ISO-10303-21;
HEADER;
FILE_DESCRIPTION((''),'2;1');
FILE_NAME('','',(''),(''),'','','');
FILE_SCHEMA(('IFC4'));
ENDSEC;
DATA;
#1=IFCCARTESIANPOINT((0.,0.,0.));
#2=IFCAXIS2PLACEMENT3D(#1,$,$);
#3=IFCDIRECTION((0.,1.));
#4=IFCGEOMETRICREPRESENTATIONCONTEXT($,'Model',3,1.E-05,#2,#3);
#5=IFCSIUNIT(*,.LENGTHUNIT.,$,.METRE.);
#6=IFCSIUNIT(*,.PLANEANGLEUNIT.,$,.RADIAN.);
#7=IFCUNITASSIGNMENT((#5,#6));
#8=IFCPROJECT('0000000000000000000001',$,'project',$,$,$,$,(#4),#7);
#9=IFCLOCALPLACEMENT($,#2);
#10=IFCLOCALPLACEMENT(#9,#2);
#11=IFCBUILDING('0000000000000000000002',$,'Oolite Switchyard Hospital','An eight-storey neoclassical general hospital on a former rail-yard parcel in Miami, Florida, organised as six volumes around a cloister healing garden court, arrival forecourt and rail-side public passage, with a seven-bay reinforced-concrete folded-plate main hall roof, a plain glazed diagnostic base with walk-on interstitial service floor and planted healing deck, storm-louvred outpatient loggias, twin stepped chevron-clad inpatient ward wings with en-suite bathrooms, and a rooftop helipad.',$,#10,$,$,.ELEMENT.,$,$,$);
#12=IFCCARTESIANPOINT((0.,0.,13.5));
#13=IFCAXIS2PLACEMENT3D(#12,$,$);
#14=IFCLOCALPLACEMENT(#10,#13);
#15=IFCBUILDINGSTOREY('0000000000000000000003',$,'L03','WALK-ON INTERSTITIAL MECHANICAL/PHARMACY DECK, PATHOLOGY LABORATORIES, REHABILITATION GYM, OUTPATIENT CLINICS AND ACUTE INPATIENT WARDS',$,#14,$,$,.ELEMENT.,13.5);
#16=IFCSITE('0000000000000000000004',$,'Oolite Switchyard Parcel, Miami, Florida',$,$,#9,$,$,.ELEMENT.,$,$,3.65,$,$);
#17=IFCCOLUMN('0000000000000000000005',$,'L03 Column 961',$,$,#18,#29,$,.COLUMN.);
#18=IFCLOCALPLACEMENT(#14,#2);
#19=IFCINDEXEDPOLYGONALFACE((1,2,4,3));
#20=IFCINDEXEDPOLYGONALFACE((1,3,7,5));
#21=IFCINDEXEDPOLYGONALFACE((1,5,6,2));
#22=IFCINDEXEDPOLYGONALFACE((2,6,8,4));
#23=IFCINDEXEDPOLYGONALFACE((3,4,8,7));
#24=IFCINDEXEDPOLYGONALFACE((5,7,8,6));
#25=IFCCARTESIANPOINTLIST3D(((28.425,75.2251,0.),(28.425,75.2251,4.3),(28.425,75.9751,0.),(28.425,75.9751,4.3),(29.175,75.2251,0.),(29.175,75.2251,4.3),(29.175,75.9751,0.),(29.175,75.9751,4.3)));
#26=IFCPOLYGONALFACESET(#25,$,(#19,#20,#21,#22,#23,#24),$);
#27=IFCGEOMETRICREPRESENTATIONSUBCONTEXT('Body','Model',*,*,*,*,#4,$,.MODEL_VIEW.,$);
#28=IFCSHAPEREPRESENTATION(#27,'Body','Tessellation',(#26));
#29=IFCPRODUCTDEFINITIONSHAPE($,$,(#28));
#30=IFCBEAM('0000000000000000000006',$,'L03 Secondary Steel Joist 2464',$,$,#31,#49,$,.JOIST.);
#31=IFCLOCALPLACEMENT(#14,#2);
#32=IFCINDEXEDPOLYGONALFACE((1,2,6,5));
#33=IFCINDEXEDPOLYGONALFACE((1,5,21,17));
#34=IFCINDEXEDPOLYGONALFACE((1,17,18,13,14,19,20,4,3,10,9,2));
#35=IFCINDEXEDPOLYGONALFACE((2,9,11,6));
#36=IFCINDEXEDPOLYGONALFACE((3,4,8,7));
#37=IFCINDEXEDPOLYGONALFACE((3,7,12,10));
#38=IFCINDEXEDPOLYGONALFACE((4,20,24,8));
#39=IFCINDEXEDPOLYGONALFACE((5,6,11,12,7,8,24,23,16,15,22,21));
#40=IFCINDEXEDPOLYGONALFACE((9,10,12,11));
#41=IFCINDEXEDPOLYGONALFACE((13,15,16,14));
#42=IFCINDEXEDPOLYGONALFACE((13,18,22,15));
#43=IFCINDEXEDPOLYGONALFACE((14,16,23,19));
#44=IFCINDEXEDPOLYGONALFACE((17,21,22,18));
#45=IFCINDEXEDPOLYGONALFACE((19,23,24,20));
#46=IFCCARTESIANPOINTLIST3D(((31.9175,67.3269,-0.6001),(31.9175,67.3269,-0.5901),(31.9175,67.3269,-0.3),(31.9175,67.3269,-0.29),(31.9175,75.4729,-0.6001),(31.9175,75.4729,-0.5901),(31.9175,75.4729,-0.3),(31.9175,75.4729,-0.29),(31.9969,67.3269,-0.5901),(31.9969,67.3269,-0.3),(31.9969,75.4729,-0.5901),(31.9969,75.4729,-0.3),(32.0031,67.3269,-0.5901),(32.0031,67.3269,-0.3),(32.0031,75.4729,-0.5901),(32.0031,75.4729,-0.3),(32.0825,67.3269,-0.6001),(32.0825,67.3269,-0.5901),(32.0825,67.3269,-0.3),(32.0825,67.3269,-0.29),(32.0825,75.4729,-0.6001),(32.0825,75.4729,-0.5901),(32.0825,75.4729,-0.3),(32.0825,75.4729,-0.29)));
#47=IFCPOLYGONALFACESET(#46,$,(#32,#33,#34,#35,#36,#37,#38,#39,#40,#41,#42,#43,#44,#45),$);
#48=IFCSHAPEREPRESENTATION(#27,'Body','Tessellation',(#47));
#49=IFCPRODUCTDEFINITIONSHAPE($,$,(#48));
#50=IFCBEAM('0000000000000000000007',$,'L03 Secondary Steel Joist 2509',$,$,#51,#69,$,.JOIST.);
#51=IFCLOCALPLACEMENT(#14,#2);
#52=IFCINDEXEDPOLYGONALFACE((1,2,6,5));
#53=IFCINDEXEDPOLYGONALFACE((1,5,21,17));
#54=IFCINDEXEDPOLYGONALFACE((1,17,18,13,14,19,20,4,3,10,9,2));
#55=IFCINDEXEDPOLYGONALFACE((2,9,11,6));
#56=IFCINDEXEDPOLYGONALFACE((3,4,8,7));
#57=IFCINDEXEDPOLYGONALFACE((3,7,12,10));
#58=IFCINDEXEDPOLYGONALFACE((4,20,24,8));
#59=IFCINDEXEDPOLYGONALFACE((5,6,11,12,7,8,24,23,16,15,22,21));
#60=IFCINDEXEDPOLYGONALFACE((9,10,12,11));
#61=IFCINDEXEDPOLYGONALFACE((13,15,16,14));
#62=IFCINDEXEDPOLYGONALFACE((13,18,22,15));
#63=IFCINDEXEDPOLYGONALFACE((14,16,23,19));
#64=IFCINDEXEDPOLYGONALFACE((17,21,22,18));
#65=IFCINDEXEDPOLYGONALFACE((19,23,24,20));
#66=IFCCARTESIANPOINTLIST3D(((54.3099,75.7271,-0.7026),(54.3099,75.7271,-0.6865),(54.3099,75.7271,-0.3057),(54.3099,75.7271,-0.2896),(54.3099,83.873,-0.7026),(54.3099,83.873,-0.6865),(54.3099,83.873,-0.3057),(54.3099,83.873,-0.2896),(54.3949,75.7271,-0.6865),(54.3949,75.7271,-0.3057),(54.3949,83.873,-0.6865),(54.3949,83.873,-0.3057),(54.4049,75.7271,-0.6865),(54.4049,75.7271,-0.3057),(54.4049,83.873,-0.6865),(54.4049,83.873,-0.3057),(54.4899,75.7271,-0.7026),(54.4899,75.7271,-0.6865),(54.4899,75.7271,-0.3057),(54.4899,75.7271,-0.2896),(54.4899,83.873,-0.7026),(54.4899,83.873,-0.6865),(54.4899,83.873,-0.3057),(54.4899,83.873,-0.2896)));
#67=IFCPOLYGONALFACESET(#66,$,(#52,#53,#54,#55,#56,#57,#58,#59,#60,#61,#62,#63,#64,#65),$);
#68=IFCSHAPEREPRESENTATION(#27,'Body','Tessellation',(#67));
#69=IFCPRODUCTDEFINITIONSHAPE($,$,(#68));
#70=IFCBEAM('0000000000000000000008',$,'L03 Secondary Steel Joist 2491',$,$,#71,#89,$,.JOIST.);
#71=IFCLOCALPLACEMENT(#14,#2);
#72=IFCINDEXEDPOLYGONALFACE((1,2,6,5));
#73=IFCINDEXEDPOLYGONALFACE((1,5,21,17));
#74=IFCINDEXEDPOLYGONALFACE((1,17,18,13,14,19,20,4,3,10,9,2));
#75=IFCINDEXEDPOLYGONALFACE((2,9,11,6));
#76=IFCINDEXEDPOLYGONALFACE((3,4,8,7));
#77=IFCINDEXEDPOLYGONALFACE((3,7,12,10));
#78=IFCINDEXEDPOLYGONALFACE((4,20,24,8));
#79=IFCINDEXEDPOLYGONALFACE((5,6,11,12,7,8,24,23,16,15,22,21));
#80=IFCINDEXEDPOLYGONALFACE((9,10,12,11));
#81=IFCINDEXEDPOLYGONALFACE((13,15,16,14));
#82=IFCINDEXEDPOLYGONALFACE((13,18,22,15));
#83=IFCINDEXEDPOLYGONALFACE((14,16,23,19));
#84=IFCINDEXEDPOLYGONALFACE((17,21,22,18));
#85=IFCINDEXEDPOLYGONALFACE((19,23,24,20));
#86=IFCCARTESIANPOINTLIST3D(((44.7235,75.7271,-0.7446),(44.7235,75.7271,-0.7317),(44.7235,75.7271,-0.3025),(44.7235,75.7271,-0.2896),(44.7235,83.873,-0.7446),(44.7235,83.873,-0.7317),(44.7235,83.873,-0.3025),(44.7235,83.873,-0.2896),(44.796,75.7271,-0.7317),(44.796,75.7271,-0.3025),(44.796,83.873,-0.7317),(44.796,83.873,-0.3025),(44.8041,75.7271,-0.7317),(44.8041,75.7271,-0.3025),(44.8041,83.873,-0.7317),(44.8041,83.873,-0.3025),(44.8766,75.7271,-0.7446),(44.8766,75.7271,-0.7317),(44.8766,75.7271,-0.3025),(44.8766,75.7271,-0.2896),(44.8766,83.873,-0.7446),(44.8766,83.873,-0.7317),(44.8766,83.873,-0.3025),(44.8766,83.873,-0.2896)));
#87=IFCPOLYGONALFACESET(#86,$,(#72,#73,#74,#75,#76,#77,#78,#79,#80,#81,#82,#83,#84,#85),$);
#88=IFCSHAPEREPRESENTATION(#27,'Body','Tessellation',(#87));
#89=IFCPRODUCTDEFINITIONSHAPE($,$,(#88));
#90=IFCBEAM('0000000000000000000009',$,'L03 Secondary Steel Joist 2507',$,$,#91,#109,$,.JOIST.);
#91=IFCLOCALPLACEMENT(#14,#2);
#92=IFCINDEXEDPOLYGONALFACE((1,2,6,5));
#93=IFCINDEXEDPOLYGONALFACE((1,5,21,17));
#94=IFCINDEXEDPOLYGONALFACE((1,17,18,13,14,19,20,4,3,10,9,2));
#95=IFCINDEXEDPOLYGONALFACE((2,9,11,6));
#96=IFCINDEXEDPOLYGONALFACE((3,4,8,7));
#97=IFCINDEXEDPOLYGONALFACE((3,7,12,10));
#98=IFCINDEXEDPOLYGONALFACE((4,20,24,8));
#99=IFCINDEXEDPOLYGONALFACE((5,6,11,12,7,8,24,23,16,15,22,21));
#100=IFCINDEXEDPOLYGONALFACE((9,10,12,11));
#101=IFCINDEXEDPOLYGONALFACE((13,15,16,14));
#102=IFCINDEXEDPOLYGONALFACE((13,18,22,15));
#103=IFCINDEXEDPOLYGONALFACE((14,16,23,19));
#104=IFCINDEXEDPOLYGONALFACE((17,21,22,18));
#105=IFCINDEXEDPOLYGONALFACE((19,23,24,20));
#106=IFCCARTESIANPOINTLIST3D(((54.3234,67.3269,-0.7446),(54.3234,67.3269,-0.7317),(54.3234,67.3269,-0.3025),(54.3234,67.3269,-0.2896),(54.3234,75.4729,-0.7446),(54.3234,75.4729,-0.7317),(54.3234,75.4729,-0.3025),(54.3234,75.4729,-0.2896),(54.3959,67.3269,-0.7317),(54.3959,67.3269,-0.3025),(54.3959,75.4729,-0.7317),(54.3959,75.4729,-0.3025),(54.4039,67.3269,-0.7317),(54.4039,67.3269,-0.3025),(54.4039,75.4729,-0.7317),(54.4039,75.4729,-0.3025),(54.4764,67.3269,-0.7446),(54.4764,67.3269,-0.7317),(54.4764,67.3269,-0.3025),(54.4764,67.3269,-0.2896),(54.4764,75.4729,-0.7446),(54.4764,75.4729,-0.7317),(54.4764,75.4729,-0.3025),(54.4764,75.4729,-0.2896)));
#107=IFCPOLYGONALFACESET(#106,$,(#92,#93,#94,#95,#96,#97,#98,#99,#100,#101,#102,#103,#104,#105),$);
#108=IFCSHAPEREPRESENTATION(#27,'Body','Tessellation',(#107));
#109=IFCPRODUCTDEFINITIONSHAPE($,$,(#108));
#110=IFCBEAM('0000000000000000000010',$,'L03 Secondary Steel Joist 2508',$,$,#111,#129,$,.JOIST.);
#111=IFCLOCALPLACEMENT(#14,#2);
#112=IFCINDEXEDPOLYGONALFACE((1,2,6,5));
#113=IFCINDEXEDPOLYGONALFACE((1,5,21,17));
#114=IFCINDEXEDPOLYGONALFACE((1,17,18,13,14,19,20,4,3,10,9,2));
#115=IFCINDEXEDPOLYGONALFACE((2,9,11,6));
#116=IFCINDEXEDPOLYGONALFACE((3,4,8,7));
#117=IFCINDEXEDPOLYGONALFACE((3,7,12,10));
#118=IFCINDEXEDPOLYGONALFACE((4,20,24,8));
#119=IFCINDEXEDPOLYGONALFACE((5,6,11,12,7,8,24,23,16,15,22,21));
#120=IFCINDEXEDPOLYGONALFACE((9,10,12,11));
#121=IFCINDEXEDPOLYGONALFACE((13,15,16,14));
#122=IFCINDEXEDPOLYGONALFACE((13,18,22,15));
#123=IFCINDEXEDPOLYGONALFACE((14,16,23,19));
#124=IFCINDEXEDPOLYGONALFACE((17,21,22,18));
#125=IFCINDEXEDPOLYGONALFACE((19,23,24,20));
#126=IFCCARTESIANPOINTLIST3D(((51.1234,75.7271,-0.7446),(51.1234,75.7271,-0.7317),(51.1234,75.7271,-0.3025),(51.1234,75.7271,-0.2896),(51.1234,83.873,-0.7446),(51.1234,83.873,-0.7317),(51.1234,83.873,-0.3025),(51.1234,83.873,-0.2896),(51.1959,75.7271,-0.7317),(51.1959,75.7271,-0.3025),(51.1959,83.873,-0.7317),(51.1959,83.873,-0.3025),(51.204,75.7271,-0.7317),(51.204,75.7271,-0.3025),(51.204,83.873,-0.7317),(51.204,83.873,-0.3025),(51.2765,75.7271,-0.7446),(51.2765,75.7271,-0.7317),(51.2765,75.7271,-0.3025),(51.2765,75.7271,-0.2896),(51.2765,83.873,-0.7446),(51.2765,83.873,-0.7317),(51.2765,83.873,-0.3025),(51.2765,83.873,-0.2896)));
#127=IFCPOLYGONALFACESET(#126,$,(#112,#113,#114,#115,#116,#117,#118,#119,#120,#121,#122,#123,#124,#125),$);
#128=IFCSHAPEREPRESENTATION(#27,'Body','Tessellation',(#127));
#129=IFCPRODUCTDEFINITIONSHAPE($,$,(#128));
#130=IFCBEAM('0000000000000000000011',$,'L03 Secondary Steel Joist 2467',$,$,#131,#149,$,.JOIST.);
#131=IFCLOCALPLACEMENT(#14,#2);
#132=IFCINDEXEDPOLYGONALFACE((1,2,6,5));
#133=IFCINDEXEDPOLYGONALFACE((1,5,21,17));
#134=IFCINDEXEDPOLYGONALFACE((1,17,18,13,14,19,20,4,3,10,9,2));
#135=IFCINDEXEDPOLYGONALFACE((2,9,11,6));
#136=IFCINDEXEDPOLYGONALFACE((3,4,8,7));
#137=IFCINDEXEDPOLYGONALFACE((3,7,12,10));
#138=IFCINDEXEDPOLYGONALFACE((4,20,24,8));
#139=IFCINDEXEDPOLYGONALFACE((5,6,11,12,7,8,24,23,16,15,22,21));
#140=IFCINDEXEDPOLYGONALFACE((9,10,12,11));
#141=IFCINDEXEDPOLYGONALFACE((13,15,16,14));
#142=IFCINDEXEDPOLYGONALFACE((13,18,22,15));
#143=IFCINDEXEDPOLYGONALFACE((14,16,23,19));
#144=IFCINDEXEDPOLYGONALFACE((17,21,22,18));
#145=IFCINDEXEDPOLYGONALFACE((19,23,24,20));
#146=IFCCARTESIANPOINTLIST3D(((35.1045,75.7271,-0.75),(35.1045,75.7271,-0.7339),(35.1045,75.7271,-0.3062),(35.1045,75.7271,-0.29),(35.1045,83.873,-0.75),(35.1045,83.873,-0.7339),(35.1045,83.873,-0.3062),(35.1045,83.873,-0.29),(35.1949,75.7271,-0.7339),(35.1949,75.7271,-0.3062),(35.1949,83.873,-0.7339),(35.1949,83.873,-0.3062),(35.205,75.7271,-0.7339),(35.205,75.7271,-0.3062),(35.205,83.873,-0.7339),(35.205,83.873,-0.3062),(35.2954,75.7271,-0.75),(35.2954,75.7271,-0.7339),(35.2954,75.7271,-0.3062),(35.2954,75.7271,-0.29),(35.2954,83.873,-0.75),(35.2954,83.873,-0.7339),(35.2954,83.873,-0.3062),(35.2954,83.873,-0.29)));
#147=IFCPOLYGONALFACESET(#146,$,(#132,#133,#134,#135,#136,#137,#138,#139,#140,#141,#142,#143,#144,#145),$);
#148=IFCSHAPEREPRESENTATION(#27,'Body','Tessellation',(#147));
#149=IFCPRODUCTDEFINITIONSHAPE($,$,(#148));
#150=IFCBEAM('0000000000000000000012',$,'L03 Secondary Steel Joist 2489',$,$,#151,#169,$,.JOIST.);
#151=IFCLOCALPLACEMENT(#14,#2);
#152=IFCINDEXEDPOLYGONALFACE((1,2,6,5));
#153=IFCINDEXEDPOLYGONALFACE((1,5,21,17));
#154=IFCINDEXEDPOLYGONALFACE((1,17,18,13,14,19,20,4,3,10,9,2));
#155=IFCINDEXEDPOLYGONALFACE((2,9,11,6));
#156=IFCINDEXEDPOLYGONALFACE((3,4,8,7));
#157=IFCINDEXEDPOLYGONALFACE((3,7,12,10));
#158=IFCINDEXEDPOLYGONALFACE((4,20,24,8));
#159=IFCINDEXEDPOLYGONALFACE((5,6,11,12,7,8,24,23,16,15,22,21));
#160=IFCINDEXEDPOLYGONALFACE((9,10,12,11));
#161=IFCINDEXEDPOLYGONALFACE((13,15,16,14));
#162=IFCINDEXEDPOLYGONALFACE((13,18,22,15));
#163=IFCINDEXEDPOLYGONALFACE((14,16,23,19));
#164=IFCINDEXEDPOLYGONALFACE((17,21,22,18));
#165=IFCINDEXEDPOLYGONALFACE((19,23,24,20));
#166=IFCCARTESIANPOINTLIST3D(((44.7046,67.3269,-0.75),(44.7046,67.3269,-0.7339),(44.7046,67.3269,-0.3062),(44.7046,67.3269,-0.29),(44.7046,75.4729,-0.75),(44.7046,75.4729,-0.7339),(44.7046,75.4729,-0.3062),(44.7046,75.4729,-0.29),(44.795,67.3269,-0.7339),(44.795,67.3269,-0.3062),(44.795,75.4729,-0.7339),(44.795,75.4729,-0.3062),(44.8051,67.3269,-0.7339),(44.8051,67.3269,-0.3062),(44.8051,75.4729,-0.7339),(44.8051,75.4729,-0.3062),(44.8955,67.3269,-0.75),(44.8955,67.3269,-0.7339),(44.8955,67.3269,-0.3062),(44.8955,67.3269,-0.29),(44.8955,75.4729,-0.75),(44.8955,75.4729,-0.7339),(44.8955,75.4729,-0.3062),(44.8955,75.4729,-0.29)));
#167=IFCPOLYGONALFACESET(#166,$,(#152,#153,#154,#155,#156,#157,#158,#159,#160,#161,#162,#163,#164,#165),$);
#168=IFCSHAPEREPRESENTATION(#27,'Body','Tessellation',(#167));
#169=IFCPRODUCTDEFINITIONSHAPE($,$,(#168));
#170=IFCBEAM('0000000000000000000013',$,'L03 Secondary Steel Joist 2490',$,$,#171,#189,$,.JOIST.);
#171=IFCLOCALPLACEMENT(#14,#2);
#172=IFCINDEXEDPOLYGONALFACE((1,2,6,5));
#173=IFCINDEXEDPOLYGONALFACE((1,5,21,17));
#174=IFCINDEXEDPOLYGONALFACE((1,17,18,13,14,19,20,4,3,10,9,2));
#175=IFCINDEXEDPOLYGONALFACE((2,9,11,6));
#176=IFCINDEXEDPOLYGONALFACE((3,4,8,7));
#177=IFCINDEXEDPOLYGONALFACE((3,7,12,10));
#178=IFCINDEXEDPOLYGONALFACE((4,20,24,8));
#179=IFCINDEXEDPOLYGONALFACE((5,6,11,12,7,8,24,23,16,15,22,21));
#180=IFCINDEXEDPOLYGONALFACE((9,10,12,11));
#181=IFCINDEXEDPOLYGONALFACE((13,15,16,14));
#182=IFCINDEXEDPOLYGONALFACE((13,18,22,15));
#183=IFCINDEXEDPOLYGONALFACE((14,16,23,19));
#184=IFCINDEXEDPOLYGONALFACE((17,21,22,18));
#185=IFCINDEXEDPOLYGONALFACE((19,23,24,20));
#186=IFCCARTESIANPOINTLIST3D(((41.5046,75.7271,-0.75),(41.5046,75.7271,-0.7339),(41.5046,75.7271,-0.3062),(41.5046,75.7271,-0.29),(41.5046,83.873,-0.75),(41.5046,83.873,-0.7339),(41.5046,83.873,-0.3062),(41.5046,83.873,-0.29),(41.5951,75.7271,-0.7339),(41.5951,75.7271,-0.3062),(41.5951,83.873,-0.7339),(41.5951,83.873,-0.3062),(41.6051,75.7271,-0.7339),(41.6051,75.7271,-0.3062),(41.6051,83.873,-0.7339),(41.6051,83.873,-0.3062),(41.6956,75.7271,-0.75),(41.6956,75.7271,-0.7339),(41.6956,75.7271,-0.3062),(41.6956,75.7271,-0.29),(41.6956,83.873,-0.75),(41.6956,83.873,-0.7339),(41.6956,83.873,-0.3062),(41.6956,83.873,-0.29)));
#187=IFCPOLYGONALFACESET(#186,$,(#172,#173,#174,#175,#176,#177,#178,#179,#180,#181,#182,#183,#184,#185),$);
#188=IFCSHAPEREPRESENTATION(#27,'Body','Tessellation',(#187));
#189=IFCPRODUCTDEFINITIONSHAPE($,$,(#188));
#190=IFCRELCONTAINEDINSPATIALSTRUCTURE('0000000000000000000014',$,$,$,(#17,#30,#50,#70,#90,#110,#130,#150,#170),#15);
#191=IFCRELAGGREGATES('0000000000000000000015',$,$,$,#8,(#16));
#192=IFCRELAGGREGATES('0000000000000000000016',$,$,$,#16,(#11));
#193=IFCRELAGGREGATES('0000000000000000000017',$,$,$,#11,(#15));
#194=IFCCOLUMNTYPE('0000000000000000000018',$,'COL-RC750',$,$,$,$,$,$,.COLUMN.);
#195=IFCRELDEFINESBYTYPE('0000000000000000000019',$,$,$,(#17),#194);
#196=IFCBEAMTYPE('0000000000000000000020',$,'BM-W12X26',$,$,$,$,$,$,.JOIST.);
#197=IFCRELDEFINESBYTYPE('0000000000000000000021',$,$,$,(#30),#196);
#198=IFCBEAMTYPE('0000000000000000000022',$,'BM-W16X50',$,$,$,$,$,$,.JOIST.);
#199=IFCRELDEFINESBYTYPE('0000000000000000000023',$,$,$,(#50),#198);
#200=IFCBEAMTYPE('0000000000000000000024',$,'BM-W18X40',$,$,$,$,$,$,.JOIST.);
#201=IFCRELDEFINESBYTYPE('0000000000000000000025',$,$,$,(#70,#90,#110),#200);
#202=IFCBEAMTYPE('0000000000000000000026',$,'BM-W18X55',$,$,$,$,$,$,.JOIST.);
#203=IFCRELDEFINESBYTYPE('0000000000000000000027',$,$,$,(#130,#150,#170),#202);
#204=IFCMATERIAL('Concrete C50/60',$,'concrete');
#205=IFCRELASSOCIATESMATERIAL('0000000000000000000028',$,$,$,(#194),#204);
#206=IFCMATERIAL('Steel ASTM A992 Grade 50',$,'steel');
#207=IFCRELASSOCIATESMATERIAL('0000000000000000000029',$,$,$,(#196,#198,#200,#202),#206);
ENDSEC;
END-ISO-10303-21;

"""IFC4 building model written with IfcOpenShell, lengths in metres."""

from ifc_helpers import new_model, si_unit, direction, frame, origin, origin_2d, place, context, subcontext, project, spatial, rectangle, i_section, extrude, material, material_profile, profile_set, type_object, element, save


model = new_model("IFC4")

# Units and contexts
model_context = context("Model", 3, precision=1e-05, world=origin(), true_north=direction((0.0, 1.0)))
body_context = subcontext(model_context, "Body", "Model", "MODEL_VIEW")
ifc_project = project(units=[si_unit("LENGTHUNIT", "METRE"), si_unit("PLANEANGLEUNIT", "RADIAN")], contexts=[model_context])

# Site, building, storey
site_placement = place(None, origin())
site = spatial("IfcSite", under=ifc_project, at=site_placement, Name="Oolite Switchyard Parcel, Miami, Florida", CompositionType="ELEMENT", RefElevation=3.65)
building_placement = place(site_placement, origin())
building = spatial("IfcBuilding", under=site, at=building_placement, Name="Oolite Switchyard Hospital", Description="An eight-storey neoclassical general hospital on a former rail-yard parcel in Miami, Florida, organised as six volumes around a cloister healing garden court, arrival forecourt and rail-side public passage, with a seven-bay reinforced-concrete folded-plate main hall roof, a plain glazed diagnostic base with walk-on interstitial service floor and planted healing deck, storm-louvred outpatient loggias, twin stepped chevron-clad inpatient ward wings with en-suite bathrooms, and a rooftop helipad.", CompositionType="ELEMENT")
storey_placement = place(building_placement, frame((0.0, 0.0, 13.5)))
storey = spatial("IfcBuildingStorey", under=building, at=storey_placement, Name="L03", Description="WALK-ON INTERSTITIAL MECHANICAL/PHARMACY DECK, PATHOLOGY LABORATORIES, REHABILITATION GYM, OUTPATIENT CLINICS AND ACUTE INPATIENT WARDS", CompositionType="ELEMENT", Elevation=13.5)

# Column
ifc_material_1 = material(Name="Concrete C50/60", Category="concrete")
ifc_material_profile_1 = material_profile(ifc_material_1, rectangle(XDim=0.75, YDim=0.75, at=origin_2d()), Name="RC750X750")
ifc_profile_set_1 = profile_set([ifc_material_profile_1], Name="Concrete C50/60")
column_type = type_object("IfcColumnType", Name="COL-RC750", PredefinedType="COLUMN", material=ifc_profile_set_1)
column_placement = place(storey_placement, frame((28.8, 75.6001, 0.0), z_axis=(0.0, 0.0, 1.0), x_axis=(1.0, 0.0, 0.0)))
element("IfcColumn", 1, at=column_placement, inside=storey, type_object=column_type, Name="L03 Column 961", PredefinedType="COLUMN", context=body_context, shape_type="SweptSolid", body=[
    extrude(rectangle(XDim=0.75, YDim=0.75, at=origin_2d()), origin(), (0.0, 0.0, 1.0), 4.3),
])

# Beams
ifc_material_2 = material(Name="Steel ASTM A992 Grade 50", Category="steel")
ifc_material_profile_2 = material_profile(ifc_material_2, i_section(OverallWidth=0.165, OverallDepth=0.3101, WebThickness=0.0061, FlangeThickness=0.01, at=origin_2d()), Name="W12X26")
ifc_profile_set_2 = profile_set([ifc_material_profile_2], Name="Steel ASTM A992 Grade 50")
beam_type_1 = type_object("IfcBeamType", Name="BM-W12X26", PredefinedType="JOIST", material=ifc_profile_set_2)
beam_1_placement = place(storey_placement, frame((32.0, 67.3269, -0.4451), z_axis=(0.0, 1.0, 0.0), x_axis=(-1.0, 0.0, 0.0)))
element("IfcBeam", 2, at=beam_1_placement, inside=storey, type_object=beam_type_1, Name="L03 Secondary Steel Joist 2464", PredefinedType="JOIST", context=body_context, shape_type="SweptSolid", body=[
    extrude(i_section(OverallWidth=0.165, OverallDepth=0.3101, WebThickness=0.0061, FlangeThickness=0.01, at=origin_2d()), origin(), (0.0, 0.0, 1.0), 8.146),
])
ifc_material_profile_3 = material_profile(ifc_material_2, i_section(OverallWidth=0.1799, OverallDepth=0.4131, WebThickness=0.01, FlangeThickness=0.0161, at=origin_2d()), Name="W16X50")
ifc_profile_set_3 = profile_set([ifc_material_profile_3], Name="Steel ASTM A992 Grade 50")
beam_type_2 = type_object("IfcBeamType", Name="BM-W16X50", PredefinedType="JOIST", material=ifc_profile_set_3)
beam_2_placement = place(storey_placement, frame((54.3999, 75.7271, -0.4961), z_axis=(0.0, 1.0, 0.0), x_axis=(-1.0, 0.0, 0.0)))
element("IfcBeam", 3, at=beam_2_placement, inside=storey, type_object=beam_type_2, Name="L03 Secondary Steel Joist 2509", PredefinedType="JOIST", context=body_context, shape_type="SweptSolid", body=[
    extrude(i_section(OverallWidth=0.1799, OverallDepth=0.4131, WebThickness=0.01, FlangeThickness=0.0161, at=origin_2d()), origin(), (0.0, 0.0, 1.0), 8.146),
])
ifc_material_profile_4 = material_profile(ifc_material_2, i_section(OverallWidth=0.1531, OverallDepth=0.4551, WebThickness=0.0081, FlangeThickness=0.0129, at=origin_2d()), Name="W18X40")
ifc_profile_set_4 = profile_set([ifc_material_profile_4], Name="Steel ASTM A992 Grade 50")
beam_type_3 = type_object("IfcBeamType", Name="BM-W18X40", PredefinedType="JOIST", material=ifc_profile_set_4)
for number, where, z_axis, x_axis, name in (
    (4, (44.8, 75.7271, -0.5171), (0.0, 1.0, 0.0), (-1.0, 0.0, 0.0), "L03 Secondary Steel Joist 2491"),
    (5, (54.3999, 67.3269, -0.5171), (0.0, 1.0, 0.0), (-1.0, 0.0, 0.0), "L03 Secondary Steel Joist 2507"),
    (6, (51.2, 75.7271, -0.5171), (0.0, 1.0, 0.0), (-1.0, 0.0, 0.0), "L03 Secondary Steel Joist 2508"),
):
    element("IfcBeam", number, at=place(storey_placement, frame(where, z_axis=z_axis, x_axis=x_axis)), inside=storey, type_object=beam_type_3, Name=name, PredefinedType="JOIST", context=body_context, shape_type="SweptSolid", body=[
        extrude(i_section(OverallWidth=0.1531, OverallDepth=0.4551, WebThickness=0.0081, FlangeThickness=0.0129, at=origin_2d()), origin(), (0.0, 0.0, 1.0), 8.146),
    ])
ifc_material_profile_5 = material_profile(ifc_material_2, i_section(OverallWidth=0.1909, OverallDepth=0.46, WebThickness=0.01, FlangeThickness=0.0161, at=origin_2d()), Name="W18X55")
ifc_profile_set_5 = profile_set([ifc_material_profile_5], Name="Steel ASTM A992 Grade 50")
beam_type_4 = type_object("IfcBeamType", Name="BM-W18X55", PredefinedType="JOIST", material=ifc_profile_set_5)
for number, where, z_axis, x_axis, name in (
    (7, (35.2, 75.7271, -0.52), (0.0, 1.0, 0.0), (-1.0, 0.0, 0.0), "L03 Secondary Steel Joist 2467"),
    (8, (44.8, 67.3269, -0.52), (0.0, 1.0, 0.0), (-1.0, 0.0, 0.0), "L03 Secondary Steel Joist 2489"),
    (9, (41.6001, 75.7271, -0.52), (0.0, 1.0, 0.0), (-1.0, 0.0, 0.0), "L03 Secondary Steel Joist 2490"),
):
    element("IfcBeam", number, at=place(storey_placement, frame(where, z_axis=z_axis, x_axis=x_axis)), inside=storey, type_object=beam_type_4, Name=name, PredefinedType="JOIST", context=body_context, shape_type="SweptSolid", body=[
        extrude(i_section(OverallWidth=0.1909, OverallDepth=0.46, WebThickness=0.01, FlangeThickness=0.0161, at=origin_2d()), origin(), (0.0, 0.0, 1.0), 8.146),
    ])

save(model, "model.ifc")
